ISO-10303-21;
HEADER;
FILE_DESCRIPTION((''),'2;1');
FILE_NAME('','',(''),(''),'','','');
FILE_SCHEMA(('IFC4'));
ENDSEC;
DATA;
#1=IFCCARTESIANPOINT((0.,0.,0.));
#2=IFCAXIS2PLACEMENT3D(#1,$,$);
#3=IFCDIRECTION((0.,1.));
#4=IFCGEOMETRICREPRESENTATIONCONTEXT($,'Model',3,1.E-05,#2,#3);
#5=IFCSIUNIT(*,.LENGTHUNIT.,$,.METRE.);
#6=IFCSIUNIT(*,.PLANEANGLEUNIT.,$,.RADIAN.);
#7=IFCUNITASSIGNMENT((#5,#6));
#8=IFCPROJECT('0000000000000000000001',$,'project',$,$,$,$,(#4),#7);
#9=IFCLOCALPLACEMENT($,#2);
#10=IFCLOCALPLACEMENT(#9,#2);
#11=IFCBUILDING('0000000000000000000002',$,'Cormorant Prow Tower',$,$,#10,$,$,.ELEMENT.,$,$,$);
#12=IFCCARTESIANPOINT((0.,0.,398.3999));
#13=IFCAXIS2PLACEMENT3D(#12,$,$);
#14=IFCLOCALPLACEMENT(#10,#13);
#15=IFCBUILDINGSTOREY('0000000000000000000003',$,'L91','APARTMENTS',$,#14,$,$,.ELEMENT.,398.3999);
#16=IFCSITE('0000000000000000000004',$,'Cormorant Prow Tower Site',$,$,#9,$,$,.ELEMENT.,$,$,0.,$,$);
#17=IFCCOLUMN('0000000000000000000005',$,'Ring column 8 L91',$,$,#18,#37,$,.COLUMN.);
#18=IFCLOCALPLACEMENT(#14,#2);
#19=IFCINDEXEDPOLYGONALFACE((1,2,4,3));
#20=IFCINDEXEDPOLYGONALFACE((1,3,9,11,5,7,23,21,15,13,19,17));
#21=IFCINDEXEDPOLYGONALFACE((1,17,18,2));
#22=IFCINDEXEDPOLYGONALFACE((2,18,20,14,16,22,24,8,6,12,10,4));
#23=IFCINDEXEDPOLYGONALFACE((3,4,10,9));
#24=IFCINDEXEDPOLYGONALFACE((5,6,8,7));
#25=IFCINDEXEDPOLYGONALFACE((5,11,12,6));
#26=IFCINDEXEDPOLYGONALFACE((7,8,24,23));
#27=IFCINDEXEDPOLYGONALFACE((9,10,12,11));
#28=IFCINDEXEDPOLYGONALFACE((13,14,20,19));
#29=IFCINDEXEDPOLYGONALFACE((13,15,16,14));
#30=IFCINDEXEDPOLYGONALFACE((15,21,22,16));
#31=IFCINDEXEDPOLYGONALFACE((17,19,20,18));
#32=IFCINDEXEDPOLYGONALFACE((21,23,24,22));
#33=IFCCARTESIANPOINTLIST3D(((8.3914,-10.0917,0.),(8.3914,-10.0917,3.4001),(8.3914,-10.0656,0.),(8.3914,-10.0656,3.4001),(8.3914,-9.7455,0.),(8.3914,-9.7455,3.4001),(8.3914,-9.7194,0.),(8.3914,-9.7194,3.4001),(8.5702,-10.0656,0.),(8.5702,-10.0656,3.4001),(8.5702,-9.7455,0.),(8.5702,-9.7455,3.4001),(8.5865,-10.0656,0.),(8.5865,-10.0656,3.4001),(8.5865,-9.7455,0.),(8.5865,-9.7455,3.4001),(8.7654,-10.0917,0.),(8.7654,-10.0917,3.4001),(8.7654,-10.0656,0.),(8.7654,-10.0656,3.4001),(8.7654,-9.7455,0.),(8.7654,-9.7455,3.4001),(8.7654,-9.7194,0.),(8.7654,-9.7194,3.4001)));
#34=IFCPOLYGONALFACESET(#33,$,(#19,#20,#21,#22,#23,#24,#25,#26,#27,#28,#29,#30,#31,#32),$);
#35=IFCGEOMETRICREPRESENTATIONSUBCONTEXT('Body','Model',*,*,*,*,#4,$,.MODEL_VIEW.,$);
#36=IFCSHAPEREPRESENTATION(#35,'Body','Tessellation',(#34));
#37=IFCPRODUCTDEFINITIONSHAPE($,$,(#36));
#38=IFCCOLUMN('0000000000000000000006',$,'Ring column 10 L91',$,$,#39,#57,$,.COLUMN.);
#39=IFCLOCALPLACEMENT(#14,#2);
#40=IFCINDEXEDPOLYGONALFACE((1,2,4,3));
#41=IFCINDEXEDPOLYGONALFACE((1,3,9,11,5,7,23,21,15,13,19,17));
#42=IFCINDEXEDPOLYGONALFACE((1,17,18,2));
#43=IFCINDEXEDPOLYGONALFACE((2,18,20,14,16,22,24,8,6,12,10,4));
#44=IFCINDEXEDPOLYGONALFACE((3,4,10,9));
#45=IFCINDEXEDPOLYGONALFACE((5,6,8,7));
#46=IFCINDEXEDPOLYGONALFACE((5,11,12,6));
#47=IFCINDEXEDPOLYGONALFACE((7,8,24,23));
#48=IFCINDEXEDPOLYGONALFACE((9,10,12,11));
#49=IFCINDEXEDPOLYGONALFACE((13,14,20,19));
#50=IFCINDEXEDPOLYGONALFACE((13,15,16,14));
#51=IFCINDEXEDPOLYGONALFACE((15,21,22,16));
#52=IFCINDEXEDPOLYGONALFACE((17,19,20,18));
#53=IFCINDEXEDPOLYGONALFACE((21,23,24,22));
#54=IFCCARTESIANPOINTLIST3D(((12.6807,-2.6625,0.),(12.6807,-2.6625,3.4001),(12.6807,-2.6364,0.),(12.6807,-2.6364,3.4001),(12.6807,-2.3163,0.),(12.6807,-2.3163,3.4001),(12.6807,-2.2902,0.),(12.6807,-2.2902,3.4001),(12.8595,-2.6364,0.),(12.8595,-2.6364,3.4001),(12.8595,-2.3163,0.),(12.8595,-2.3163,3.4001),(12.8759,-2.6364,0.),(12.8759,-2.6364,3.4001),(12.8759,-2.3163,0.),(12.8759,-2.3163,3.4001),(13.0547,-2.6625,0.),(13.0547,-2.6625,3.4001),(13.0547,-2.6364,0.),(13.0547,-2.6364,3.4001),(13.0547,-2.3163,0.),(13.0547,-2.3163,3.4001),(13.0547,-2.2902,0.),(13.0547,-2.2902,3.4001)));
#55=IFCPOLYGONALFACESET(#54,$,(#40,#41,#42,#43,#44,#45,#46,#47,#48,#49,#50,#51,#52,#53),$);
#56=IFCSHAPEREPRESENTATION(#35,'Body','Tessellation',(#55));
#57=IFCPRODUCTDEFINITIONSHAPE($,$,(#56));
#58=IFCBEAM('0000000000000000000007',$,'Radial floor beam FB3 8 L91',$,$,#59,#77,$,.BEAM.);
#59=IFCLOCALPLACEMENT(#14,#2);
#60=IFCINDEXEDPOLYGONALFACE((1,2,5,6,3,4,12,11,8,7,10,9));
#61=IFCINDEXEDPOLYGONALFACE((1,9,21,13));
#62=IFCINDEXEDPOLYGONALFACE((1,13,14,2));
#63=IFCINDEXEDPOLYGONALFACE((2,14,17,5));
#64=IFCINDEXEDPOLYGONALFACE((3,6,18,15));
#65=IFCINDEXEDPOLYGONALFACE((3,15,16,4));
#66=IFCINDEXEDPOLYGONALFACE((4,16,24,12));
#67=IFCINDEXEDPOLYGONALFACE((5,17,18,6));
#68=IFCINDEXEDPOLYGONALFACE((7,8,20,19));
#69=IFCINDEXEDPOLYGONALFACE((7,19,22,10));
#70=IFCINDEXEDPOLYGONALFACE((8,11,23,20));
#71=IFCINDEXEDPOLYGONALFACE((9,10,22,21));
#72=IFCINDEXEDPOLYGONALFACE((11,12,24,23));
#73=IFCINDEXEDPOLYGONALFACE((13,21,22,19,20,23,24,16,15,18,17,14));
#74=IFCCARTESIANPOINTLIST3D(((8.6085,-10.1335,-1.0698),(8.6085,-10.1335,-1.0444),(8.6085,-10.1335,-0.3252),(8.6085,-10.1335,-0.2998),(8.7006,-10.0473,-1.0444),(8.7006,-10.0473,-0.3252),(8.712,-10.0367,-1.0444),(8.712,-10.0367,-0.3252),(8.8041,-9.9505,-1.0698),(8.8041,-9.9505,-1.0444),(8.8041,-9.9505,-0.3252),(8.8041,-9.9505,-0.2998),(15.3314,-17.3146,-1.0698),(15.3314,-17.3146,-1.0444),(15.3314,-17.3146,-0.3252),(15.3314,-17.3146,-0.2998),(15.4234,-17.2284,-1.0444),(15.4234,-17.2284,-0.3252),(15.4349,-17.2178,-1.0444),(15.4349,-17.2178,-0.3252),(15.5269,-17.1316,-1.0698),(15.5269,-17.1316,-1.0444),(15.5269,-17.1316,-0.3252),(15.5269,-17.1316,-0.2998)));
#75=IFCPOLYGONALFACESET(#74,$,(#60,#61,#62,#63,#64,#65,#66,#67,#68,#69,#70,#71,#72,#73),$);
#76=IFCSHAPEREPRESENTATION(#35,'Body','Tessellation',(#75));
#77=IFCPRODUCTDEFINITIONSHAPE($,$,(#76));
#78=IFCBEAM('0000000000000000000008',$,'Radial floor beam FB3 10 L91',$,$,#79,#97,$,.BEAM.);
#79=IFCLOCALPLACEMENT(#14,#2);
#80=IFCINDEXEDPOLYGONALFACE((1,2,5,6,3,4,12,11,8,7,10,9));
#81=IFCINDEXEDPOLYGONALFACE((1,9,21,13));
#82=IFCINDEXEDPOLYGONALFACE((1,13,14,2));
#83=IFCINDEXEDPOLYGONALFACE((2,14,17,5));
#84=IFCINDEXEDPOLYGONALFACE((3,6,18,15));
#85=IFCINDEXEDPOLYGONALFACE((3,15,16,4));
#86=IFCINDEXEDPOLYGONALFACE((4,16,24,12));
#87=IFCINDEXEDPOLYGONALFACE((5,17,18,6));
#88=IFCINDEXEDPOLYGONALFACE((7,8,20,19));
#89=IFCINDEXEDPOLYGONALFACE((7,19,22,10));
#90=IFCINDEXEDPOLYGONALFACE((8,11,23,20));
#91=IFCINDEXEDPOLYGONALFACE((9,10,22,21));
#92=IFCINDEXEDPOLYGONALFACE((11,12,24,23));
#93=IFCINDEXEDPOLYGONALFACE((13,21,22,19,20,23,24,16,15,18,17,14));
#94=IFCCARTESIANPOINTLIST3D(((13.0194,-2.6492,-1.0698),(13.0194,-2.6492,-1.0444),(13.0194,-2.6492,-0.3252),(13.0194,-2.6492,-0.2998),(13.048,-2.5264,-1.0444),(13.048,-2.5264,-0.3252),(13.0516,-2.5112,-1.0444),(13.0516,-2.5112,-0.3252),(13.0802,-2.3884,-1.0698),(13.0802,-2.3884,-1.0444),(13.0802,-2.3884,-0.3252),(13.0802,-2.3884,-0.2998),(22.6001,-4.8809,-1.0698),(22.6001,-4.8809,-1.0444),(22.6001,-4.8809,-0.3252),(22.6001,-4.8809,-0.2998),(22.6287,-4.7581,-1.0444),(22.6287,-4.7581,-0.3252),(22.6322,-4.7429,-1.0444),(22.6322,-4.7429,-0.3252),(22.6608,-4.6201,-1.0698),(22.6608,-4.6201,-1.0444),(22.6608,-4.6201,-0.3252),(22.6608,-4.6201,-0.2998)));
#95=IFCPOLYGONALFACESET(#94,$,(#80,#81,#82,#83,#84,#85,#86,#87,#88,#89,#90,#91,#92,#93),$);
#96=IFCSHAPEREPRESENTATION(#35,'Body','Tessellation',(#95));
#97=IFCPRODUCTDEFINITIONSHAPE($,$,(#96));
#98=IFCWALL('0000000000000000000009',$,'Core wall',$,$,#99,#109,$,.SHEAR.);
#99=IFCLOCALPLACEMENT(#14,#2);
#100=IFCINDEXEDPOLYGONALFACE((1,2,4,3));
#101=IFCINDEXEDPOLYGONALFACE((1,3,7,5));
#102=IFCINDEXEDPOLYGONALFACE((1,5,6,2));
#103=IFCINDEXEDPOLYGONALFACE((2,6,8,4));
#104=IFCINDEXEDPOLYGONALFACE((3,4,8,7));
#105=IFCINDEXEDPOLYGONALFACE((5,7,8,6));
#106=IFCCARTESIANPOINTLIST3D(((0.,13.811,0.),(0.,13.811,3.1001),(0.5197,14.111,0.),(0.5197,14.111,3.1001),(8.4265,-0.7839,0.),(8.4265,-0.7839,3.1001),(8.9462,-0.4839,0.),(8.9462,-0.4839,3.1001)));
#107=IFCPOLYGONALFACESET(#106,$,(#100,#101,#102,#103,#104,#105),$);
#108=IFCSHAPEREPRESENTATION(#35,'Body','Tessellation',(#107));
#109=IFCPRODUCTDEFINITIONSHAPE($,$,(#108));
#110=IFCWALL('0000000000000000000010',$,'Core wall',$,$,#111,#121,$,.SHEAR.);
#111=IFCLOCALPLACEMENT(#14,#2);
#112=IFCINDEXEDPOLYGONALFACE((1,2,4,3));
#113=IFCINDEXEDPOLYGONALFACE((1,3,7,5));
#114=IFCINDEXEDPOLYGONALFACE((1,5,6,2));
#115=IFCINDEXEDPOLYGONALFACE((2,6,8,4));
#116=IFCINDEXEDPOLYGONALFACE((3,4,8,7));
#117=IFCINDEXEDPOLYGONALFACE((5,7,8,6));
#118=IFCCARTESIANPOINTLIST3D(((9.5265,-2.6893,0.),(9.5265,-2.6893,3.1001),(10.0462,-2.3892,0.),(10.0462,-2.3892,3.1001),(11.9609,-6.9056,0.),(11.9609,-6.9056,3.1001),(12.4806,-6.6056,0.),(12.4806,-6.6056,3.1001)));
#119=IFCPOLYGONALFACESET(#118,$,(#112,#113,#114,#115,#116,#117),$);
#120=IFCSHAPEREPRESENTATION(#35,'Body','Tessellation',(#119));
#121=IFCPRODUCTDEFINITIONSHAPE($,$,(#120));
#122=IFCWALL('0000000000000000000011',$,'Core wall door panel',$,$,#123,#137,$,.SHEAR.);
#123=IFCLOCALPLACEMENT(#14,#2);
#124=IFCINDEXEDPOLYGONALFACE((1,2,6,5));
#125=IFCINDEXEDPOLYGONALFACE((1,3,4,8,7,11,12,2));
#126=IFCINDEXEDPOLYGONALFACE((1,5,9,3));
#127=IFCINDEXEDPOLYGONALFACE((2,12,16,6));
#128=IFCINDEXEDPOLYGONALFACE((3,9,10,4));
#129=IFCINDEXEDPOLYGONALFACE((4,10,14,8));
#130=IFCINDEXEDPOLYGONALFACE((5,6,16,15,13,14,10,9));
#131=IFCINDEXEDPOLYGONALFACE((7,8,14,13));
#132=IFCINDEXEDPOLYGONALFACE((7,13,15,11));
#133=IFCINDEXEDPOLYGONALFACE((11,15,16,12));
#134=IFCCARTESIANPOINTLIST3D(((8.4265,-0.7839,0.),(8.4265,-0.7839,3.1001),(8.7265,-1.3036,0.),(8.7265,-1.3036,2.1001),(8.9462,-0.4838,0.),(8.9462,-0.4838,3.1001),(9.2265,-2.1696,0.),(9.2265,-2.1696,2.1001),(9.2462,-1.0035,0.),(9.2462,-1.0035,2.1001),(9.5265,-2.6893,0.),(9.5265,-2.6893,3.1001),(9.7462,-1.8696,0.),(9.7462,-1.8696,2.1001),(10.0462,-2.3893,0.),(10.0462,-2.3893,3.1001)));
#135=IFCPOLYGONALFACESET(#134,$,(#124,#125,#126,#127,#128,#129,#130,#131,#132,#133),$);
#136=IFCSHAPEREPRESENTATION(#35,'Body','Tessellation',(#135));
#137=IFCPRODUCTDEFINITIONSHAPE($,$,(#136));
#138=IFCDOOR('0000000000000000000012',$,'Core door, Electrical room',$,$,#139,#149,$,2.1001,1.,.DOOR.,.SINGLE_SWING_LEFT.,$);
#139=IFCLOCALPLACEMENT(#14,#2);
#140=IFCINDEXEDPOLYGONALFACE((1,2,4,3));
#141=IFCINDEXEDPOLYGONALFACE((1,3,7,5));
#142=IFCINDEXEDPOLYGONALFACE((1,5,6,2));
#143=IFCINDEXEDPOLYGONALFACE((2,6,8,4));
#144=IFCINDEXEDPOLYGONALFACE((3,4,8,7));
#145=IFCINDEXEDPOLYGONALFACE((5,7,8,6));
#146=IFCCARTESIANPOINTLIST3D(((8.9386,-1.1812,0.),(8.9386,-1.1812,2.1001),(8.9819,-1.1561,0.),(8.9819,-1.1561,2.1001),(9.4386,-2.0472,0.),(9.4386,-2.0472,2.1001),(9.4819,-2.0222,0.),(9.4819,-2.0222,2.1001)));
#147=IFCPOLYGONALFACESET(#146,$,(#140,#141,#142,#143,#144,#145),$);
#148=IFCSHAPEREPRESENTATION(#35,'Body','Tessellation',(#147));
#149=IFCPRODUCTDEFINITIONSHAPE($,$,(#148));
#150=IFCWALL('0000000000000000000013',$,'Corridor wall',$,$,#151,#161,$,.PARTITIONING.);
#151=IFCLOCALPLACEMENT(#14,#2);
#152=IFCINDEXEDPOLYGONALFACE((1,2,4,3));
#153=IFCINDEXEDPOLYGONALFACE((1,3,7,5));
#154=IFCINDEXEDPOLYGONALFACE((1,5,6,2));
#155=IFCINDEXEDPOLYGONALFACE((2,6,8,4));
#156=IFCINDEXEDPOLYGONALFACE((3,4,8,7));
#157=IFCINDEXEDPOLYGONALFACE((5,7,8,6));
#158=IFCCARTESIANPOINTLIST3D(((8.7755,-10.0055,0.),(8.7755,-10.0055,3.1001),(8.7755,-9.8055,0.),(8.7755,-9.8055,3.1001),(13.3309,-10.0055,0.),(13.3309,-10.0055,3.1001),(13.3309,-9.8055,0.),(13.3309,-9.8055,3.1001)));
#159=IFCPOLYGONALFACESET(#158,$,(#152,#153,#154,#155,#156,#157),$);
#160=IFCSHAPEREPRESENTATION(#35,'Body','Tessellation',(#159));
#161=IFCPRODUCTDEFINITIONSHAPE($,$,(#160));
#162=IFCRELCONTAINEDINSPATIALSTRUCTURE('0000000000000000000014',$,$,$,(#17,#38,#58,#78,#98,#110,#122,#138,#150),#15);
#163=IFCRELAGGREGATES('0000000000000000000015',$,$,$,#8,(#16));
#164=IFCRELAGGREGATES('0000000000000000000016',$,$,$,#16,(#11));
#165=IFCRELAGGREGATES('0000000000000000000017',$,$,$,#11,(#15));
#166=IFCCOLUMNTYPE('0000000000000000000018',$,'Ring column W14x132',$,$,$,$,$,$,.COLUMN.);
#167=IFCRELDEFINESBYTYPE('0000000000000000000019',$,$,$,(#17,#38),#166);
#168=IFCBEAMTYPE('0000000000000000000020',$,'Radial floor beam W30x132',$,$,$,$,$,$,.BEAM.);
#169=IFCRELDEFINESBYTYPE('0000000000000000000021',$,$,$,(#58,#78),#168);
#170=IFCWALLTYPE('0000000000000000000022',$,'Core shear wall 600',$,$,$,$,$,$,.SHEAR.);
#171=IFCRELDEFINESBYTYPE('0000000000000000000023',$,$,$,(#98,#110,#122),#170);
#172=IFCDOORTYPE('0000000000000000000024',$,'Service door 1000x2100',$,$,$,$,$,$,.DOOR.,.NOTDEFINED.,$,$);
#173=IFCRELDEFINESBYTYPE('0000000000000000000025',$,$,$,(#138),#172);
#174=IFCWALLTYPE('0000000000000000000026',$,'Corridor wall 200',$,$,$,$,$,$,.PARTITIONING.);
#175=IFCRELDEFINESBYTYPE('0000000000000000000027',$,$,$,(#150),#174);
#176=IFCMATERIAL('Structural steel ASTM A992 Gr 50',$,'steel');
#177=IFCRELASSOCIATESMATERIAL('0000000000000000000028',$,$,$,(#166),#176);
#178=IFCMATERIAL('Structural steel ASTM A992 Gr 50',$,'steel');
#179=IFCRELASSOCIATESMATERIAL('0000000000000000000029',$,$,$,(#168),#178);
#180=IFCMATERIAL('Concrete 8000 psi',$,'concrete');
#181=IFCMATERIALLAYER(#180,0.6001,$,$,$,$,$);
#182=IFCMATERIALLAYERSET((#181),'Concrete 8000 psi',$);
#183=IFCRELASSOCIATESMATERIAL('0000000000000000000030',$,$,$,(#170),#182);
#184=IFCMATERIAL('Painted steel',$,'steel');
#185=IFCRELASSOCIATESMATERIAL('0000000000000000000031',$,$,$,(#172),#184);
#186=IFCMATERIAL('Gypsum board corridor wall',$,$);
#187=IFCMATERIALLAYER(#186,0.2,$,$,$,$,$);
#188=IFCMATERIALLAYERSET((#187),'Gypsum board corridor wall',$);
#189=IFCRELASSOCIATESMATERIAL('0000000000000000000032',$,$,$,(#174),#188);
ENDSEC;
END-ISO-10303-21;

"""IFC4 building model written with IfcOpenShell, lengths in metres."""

from ifc_helpers import new_model, si_unit, direction, frame, frame_2d, origin, origin_2d, place, context, subcontext, project, spatial, rectangle, i_section, extrude, material, layer, layer_set, material_profile, profile_set, type_object, element, fill, save


model = new_model("IFC4")

# Units and contexts
model_context = context("Model", 3, precision=1e-05, world=origin(), true_north=direction((0.0, 1.0)))
body_context = subcontext(model_context, "Body", "Model", "MODEL_VIEW")
ifc_project = project(units=[si_unit("LENGTHUNIT", "METRE"), si_unit("PLANEANGLEUNIT", "RADIAN")], contexts=[model_context])

# Site, building, storey
site_placement = place(None, origin())
site = spatial("IfcSite", under=ifc_project, at=site_placement, Name="Cormorant Prow Tower Site", CompositionType="ELEMENT", RefElevation=0.0)
building_placement = place(site_placement, origin())
building = spatial("IfcBuilding", under=site, at=building_placement, Name="Cormorant Prow Tower", CompositionType="ELEMENT")
storey_placement = place(building_placement, frame((0.0, 0.0, 398.3999)))
storey = spatial("IfcBuildingStorey", under=building, at=storey_placement, Name="L91", Description="APARTMENTS", CompositionType="ELEMENT", Elevation=398.3999)

# Columns
ifc_material_1 = material(Name="Structural steel ASTM A992 Gr 50", Category="steel")
ifc_material_profile_1 = material_profile(ifc_material_1, i_section(OverallWidth=0.374, OverallDepth=0.3723, WebThickness=0.0164, FlangeThickness=0.0261, at=origin_2d()), Name="W14x132")
ifc_profile_set_1 = profile_set([ifc_material_profile_1], Name="Structural steel ASTM A992 Gr 50")
column_type = type_object("IfcColumnType", Name="Ring column W14x132", PredefinedType="COLUMN", material=ifc_profile_set_1)
for number, where, z_axis, x_axis, name in (
    (1, (8.5784, -9.9055, 0.0), (0.0, 0.0, 1.0), (1.0, 0.0, 0.0), "Ring column 8 L91"),
    (2, (12.8677, -2.4763, 0.0), (0.0, 0.0, 1.0), (1.0, 0.0, 0.0), "Ring column 10 L91"),
):
    element("IfcColumn", number, at=place(storey_placement, frame(where, z_axis=z_axis, x_axis=x_axis)), inside=storey, type_object=column_type, Name=name, PredefinedType="COLUMN", context=body_context, shape_type="SweptSolid", body=[
        extrude(i_section(OverallWidth=0.374, OverallDepth=0.3723, WebThickness=0.0164, FlangeThickness=0.0261, at=origin_2d()), origin(), (0.0, 0.0, 1.0), 3.4001),
    ])

# Beams
ifc_material_2 = material(Name="Structural steel ASTM A992 Gr 50", Category="steel")
ifc_material_profile_2 = material_profile(ifc_material_2, i_section(OverallWidth=0.2678, OverallDepth=0.77, WebThickness=0.0156, FlangeThickness=0.0254, at=origin_2d()), Name="W30x132")
ifc_profile_set_2 = profile_set([ifc_material_profile_2], Name="Structural steel ASTM A992 Gr 50")
beam_type = type_object("IfcBeamType", Name="Radial floor beam W30x132", PredefinedType="BEAM", material=ifc_profile_set_2)
beam_1_placement = place(storey_placement, frame((8.7063, -10.042, -0.6848), z_axis=(0.683431, -0.730015, 0.0), x_axis=(0.730015, 0.683431, 0.0)))
element("IfcBeam", 3, at=beam_1_placement, inside=storey, type_object=beam_type, Name="Radial floor beam FB3 8 L91", PredefinedType="BEAM", context=body_context, shape_type="SweptSolid", body=[
    extrude(i_section(OverallWidth=0.2678, OverallDepth=0.77, WebThickness=0.0156, FlangeThickness=0.0254, at=origin_2d()), origin(), (0.0, 0.0, 1.0), 9.8369),
])
beam_2_placement = place(storey_placement, frame((13.0498, -2.5188, -0.6848), z_axis=(0.973926, -0.226866, 0.0), x_axis=(0.226866, 0.973926, 0.0)))
element("IfcBeam", 4, at=beam_2_placement, inside=storey, type_object=beam_type, Name="Radial floor beam FB3 10 L91", PredefinedType="BEAM", context=body_context, shape_type="SweptSolid", body=[
    extrude(i_section(OverallWidth=0.2678, OverallDepth=0.77, WebThickness=0.0156, FlangeThickness=0.0254, at=origin_2d()), origin(), (0.0, 0.0, 1.0), 9.8372),
])

# Walls
ifc_material_3 = material(Name="Concrete 8000 psi", Category="concrete")
ifc_layer_1 = layer(ifc_material_3, 0.6001)
ifc_layer_set_1 = layer_set([ifc_layer_1], Name="Concrete 8000 psi")
wall_type_1 = type_object("IfcWallType", Name="Core shear wall 600", PredefinedType="SHEAR", material=ifc_layer_set_1)
wall_1_placement = place(storey_placement, frame((8.6863, -0.6338, 0.0), z_axis=(0.0, 0.0, 1.0), x_axis=(-0.500005, 0.866023, 0.0)))
element("IfcWall", 5, at=wall_1_placement, inside=storey, type_object=wall_type_1, Name="Core wall", PredefinedType="SHEAR", context=body_context, shape_type="SweptSolid", body=[
    extrude(rectangle(XDim=16.8528, YDim=0.6001, at=frame_2d((8.4263, 0.0))), origin(), (0.0, 0.0, 1.0), 3.1001),
])
wall_2_placement = place(storey_placement, frame((12.2207, -6.7556, 0.0), z_axis=(0.0, 0.0, 1.0), x_axis=(-0.500006, 0.866022, 0.0)))
element("IfcWall", 6, at=wall_2_placement, inside=storey, type_object=wall_type_1, Name="Core wall", PredefinedType="SHEAR", context=body_context, shape_type="SweptSolid", body=[
    extrude(rectangle(XDim=4.8687, YDim=0.6001, at=frame_2d((2.4343, 0.0))), origin(), (0.0, 0.0, 1.0), 3.1001),
])

# Wall, opening, door
wall_3_placement = place(storey_placement, frame((9.7864, -2.5393, 0.0), z_axis=(0.0, 0.0, 1.0), x_axis=(-0.499982, 0.866036, 0.0)))
wall_3 = element("IfcWall", 7, at=wall_3_placement, inside=storey, type_object=wall_type_1, Name="Core wall door panel", PredefinedType="SHEAR", context=body_context, shape_type="SweptSolid", body=[
    extrude(rectangle(XDim=2.2002, YDim=0.6001, at=frame_2d((1.1001, 0.0))), origin(), (0.0, 0.0, 1.0), 3.1001),
])
opening_1_placement = place(wall_3_placement, frame((0.6001, 0.0, 0.0)))
opening_1 = element("IfcOpeningElement", 8, at=opening_1_placement, cuts=wall_3, PredefinedType="OPENING", context=body_context, shape_type="SweptSolid", body=[
    extrude(rectangle(XDim=1.0, YDim=2.1001, at=frame_2d((0.5, 1.05))), frame((0.0, 0.3101, 0.0), z_axis=(0.0, -1.0, 0.0), x_axis=(1.0, 0.0, 0.0)), (0.0, 0.0, 1.0), 0.6201),
])
ifc_material_4 = material(Name="Painted steel", Category="steel")
door_type_1 = type_object("IfcDoorType", Name="Service door 1000x2100", OperationType="NOTDEFINED", PredefinedType="DOOR", material=ifc_material_4)
door_1_placement = place(opening_1_placement, origin())
door_1 = element("IfcDoor", 9, at=door_1_placement, inside=storey, type_object=door_type_1, Name="Core door, Electrical room", OperationType="SINGLE_SWING_LEFT", OverallHeight=2.1001, OverallWidth=1.0, PredefinedType="DOOR", context=body_context, shape_type="SweptSolid", body=[
    extrude(rectangle(XDim=1.0, YDim=2.1001, at=frame_2d((0.5, 1.05))), frame((0.0, 0.0552, 0.0), z_axis=(0.0, -1.0, 0.0), x_axis=(1.0, 0.0, 0.0)), (0.0, 0.0, 1.0), 0.05),
])
fill(opening_1, door_1)

# Wall
ifc_material_5 = material(Name="Gypsum board corridor wall")
ifc_layer_2 = layer(ifc_material_5, 0.2)
ifc_layer_set_2 = layer_set([ifc_layer_2], Name="Gypsum board corridor wall")
wall_type_2 = type_object("IfcWallType", Name="Corridor wall 200", PredefinedType="PARTITIONING", material=ifc_layer_set_2)
wall_4_placement = place(storey_placement, frame((8.7754, -9.9055, 0.0), z_axis=(0.0, 0.0, 1.0), x_axis=(1.0, 0.0, 0.0)))
element("IfcWall", 10, at=wall_4_placement, inside=storey, type_object=wall_type_2, Name="Corridor wall", PredefinedType="PARTITIONING", context=body_context, shape_type="SweptSolid", body=[
    extrude(rectangle(XDim=4.5554, YDim=0.2, at=frame_2d((2.2778, 0.0))), origin(), (0.0, 0.0, 1.0), 3.1001),
])

save(model, "model.ifc")
